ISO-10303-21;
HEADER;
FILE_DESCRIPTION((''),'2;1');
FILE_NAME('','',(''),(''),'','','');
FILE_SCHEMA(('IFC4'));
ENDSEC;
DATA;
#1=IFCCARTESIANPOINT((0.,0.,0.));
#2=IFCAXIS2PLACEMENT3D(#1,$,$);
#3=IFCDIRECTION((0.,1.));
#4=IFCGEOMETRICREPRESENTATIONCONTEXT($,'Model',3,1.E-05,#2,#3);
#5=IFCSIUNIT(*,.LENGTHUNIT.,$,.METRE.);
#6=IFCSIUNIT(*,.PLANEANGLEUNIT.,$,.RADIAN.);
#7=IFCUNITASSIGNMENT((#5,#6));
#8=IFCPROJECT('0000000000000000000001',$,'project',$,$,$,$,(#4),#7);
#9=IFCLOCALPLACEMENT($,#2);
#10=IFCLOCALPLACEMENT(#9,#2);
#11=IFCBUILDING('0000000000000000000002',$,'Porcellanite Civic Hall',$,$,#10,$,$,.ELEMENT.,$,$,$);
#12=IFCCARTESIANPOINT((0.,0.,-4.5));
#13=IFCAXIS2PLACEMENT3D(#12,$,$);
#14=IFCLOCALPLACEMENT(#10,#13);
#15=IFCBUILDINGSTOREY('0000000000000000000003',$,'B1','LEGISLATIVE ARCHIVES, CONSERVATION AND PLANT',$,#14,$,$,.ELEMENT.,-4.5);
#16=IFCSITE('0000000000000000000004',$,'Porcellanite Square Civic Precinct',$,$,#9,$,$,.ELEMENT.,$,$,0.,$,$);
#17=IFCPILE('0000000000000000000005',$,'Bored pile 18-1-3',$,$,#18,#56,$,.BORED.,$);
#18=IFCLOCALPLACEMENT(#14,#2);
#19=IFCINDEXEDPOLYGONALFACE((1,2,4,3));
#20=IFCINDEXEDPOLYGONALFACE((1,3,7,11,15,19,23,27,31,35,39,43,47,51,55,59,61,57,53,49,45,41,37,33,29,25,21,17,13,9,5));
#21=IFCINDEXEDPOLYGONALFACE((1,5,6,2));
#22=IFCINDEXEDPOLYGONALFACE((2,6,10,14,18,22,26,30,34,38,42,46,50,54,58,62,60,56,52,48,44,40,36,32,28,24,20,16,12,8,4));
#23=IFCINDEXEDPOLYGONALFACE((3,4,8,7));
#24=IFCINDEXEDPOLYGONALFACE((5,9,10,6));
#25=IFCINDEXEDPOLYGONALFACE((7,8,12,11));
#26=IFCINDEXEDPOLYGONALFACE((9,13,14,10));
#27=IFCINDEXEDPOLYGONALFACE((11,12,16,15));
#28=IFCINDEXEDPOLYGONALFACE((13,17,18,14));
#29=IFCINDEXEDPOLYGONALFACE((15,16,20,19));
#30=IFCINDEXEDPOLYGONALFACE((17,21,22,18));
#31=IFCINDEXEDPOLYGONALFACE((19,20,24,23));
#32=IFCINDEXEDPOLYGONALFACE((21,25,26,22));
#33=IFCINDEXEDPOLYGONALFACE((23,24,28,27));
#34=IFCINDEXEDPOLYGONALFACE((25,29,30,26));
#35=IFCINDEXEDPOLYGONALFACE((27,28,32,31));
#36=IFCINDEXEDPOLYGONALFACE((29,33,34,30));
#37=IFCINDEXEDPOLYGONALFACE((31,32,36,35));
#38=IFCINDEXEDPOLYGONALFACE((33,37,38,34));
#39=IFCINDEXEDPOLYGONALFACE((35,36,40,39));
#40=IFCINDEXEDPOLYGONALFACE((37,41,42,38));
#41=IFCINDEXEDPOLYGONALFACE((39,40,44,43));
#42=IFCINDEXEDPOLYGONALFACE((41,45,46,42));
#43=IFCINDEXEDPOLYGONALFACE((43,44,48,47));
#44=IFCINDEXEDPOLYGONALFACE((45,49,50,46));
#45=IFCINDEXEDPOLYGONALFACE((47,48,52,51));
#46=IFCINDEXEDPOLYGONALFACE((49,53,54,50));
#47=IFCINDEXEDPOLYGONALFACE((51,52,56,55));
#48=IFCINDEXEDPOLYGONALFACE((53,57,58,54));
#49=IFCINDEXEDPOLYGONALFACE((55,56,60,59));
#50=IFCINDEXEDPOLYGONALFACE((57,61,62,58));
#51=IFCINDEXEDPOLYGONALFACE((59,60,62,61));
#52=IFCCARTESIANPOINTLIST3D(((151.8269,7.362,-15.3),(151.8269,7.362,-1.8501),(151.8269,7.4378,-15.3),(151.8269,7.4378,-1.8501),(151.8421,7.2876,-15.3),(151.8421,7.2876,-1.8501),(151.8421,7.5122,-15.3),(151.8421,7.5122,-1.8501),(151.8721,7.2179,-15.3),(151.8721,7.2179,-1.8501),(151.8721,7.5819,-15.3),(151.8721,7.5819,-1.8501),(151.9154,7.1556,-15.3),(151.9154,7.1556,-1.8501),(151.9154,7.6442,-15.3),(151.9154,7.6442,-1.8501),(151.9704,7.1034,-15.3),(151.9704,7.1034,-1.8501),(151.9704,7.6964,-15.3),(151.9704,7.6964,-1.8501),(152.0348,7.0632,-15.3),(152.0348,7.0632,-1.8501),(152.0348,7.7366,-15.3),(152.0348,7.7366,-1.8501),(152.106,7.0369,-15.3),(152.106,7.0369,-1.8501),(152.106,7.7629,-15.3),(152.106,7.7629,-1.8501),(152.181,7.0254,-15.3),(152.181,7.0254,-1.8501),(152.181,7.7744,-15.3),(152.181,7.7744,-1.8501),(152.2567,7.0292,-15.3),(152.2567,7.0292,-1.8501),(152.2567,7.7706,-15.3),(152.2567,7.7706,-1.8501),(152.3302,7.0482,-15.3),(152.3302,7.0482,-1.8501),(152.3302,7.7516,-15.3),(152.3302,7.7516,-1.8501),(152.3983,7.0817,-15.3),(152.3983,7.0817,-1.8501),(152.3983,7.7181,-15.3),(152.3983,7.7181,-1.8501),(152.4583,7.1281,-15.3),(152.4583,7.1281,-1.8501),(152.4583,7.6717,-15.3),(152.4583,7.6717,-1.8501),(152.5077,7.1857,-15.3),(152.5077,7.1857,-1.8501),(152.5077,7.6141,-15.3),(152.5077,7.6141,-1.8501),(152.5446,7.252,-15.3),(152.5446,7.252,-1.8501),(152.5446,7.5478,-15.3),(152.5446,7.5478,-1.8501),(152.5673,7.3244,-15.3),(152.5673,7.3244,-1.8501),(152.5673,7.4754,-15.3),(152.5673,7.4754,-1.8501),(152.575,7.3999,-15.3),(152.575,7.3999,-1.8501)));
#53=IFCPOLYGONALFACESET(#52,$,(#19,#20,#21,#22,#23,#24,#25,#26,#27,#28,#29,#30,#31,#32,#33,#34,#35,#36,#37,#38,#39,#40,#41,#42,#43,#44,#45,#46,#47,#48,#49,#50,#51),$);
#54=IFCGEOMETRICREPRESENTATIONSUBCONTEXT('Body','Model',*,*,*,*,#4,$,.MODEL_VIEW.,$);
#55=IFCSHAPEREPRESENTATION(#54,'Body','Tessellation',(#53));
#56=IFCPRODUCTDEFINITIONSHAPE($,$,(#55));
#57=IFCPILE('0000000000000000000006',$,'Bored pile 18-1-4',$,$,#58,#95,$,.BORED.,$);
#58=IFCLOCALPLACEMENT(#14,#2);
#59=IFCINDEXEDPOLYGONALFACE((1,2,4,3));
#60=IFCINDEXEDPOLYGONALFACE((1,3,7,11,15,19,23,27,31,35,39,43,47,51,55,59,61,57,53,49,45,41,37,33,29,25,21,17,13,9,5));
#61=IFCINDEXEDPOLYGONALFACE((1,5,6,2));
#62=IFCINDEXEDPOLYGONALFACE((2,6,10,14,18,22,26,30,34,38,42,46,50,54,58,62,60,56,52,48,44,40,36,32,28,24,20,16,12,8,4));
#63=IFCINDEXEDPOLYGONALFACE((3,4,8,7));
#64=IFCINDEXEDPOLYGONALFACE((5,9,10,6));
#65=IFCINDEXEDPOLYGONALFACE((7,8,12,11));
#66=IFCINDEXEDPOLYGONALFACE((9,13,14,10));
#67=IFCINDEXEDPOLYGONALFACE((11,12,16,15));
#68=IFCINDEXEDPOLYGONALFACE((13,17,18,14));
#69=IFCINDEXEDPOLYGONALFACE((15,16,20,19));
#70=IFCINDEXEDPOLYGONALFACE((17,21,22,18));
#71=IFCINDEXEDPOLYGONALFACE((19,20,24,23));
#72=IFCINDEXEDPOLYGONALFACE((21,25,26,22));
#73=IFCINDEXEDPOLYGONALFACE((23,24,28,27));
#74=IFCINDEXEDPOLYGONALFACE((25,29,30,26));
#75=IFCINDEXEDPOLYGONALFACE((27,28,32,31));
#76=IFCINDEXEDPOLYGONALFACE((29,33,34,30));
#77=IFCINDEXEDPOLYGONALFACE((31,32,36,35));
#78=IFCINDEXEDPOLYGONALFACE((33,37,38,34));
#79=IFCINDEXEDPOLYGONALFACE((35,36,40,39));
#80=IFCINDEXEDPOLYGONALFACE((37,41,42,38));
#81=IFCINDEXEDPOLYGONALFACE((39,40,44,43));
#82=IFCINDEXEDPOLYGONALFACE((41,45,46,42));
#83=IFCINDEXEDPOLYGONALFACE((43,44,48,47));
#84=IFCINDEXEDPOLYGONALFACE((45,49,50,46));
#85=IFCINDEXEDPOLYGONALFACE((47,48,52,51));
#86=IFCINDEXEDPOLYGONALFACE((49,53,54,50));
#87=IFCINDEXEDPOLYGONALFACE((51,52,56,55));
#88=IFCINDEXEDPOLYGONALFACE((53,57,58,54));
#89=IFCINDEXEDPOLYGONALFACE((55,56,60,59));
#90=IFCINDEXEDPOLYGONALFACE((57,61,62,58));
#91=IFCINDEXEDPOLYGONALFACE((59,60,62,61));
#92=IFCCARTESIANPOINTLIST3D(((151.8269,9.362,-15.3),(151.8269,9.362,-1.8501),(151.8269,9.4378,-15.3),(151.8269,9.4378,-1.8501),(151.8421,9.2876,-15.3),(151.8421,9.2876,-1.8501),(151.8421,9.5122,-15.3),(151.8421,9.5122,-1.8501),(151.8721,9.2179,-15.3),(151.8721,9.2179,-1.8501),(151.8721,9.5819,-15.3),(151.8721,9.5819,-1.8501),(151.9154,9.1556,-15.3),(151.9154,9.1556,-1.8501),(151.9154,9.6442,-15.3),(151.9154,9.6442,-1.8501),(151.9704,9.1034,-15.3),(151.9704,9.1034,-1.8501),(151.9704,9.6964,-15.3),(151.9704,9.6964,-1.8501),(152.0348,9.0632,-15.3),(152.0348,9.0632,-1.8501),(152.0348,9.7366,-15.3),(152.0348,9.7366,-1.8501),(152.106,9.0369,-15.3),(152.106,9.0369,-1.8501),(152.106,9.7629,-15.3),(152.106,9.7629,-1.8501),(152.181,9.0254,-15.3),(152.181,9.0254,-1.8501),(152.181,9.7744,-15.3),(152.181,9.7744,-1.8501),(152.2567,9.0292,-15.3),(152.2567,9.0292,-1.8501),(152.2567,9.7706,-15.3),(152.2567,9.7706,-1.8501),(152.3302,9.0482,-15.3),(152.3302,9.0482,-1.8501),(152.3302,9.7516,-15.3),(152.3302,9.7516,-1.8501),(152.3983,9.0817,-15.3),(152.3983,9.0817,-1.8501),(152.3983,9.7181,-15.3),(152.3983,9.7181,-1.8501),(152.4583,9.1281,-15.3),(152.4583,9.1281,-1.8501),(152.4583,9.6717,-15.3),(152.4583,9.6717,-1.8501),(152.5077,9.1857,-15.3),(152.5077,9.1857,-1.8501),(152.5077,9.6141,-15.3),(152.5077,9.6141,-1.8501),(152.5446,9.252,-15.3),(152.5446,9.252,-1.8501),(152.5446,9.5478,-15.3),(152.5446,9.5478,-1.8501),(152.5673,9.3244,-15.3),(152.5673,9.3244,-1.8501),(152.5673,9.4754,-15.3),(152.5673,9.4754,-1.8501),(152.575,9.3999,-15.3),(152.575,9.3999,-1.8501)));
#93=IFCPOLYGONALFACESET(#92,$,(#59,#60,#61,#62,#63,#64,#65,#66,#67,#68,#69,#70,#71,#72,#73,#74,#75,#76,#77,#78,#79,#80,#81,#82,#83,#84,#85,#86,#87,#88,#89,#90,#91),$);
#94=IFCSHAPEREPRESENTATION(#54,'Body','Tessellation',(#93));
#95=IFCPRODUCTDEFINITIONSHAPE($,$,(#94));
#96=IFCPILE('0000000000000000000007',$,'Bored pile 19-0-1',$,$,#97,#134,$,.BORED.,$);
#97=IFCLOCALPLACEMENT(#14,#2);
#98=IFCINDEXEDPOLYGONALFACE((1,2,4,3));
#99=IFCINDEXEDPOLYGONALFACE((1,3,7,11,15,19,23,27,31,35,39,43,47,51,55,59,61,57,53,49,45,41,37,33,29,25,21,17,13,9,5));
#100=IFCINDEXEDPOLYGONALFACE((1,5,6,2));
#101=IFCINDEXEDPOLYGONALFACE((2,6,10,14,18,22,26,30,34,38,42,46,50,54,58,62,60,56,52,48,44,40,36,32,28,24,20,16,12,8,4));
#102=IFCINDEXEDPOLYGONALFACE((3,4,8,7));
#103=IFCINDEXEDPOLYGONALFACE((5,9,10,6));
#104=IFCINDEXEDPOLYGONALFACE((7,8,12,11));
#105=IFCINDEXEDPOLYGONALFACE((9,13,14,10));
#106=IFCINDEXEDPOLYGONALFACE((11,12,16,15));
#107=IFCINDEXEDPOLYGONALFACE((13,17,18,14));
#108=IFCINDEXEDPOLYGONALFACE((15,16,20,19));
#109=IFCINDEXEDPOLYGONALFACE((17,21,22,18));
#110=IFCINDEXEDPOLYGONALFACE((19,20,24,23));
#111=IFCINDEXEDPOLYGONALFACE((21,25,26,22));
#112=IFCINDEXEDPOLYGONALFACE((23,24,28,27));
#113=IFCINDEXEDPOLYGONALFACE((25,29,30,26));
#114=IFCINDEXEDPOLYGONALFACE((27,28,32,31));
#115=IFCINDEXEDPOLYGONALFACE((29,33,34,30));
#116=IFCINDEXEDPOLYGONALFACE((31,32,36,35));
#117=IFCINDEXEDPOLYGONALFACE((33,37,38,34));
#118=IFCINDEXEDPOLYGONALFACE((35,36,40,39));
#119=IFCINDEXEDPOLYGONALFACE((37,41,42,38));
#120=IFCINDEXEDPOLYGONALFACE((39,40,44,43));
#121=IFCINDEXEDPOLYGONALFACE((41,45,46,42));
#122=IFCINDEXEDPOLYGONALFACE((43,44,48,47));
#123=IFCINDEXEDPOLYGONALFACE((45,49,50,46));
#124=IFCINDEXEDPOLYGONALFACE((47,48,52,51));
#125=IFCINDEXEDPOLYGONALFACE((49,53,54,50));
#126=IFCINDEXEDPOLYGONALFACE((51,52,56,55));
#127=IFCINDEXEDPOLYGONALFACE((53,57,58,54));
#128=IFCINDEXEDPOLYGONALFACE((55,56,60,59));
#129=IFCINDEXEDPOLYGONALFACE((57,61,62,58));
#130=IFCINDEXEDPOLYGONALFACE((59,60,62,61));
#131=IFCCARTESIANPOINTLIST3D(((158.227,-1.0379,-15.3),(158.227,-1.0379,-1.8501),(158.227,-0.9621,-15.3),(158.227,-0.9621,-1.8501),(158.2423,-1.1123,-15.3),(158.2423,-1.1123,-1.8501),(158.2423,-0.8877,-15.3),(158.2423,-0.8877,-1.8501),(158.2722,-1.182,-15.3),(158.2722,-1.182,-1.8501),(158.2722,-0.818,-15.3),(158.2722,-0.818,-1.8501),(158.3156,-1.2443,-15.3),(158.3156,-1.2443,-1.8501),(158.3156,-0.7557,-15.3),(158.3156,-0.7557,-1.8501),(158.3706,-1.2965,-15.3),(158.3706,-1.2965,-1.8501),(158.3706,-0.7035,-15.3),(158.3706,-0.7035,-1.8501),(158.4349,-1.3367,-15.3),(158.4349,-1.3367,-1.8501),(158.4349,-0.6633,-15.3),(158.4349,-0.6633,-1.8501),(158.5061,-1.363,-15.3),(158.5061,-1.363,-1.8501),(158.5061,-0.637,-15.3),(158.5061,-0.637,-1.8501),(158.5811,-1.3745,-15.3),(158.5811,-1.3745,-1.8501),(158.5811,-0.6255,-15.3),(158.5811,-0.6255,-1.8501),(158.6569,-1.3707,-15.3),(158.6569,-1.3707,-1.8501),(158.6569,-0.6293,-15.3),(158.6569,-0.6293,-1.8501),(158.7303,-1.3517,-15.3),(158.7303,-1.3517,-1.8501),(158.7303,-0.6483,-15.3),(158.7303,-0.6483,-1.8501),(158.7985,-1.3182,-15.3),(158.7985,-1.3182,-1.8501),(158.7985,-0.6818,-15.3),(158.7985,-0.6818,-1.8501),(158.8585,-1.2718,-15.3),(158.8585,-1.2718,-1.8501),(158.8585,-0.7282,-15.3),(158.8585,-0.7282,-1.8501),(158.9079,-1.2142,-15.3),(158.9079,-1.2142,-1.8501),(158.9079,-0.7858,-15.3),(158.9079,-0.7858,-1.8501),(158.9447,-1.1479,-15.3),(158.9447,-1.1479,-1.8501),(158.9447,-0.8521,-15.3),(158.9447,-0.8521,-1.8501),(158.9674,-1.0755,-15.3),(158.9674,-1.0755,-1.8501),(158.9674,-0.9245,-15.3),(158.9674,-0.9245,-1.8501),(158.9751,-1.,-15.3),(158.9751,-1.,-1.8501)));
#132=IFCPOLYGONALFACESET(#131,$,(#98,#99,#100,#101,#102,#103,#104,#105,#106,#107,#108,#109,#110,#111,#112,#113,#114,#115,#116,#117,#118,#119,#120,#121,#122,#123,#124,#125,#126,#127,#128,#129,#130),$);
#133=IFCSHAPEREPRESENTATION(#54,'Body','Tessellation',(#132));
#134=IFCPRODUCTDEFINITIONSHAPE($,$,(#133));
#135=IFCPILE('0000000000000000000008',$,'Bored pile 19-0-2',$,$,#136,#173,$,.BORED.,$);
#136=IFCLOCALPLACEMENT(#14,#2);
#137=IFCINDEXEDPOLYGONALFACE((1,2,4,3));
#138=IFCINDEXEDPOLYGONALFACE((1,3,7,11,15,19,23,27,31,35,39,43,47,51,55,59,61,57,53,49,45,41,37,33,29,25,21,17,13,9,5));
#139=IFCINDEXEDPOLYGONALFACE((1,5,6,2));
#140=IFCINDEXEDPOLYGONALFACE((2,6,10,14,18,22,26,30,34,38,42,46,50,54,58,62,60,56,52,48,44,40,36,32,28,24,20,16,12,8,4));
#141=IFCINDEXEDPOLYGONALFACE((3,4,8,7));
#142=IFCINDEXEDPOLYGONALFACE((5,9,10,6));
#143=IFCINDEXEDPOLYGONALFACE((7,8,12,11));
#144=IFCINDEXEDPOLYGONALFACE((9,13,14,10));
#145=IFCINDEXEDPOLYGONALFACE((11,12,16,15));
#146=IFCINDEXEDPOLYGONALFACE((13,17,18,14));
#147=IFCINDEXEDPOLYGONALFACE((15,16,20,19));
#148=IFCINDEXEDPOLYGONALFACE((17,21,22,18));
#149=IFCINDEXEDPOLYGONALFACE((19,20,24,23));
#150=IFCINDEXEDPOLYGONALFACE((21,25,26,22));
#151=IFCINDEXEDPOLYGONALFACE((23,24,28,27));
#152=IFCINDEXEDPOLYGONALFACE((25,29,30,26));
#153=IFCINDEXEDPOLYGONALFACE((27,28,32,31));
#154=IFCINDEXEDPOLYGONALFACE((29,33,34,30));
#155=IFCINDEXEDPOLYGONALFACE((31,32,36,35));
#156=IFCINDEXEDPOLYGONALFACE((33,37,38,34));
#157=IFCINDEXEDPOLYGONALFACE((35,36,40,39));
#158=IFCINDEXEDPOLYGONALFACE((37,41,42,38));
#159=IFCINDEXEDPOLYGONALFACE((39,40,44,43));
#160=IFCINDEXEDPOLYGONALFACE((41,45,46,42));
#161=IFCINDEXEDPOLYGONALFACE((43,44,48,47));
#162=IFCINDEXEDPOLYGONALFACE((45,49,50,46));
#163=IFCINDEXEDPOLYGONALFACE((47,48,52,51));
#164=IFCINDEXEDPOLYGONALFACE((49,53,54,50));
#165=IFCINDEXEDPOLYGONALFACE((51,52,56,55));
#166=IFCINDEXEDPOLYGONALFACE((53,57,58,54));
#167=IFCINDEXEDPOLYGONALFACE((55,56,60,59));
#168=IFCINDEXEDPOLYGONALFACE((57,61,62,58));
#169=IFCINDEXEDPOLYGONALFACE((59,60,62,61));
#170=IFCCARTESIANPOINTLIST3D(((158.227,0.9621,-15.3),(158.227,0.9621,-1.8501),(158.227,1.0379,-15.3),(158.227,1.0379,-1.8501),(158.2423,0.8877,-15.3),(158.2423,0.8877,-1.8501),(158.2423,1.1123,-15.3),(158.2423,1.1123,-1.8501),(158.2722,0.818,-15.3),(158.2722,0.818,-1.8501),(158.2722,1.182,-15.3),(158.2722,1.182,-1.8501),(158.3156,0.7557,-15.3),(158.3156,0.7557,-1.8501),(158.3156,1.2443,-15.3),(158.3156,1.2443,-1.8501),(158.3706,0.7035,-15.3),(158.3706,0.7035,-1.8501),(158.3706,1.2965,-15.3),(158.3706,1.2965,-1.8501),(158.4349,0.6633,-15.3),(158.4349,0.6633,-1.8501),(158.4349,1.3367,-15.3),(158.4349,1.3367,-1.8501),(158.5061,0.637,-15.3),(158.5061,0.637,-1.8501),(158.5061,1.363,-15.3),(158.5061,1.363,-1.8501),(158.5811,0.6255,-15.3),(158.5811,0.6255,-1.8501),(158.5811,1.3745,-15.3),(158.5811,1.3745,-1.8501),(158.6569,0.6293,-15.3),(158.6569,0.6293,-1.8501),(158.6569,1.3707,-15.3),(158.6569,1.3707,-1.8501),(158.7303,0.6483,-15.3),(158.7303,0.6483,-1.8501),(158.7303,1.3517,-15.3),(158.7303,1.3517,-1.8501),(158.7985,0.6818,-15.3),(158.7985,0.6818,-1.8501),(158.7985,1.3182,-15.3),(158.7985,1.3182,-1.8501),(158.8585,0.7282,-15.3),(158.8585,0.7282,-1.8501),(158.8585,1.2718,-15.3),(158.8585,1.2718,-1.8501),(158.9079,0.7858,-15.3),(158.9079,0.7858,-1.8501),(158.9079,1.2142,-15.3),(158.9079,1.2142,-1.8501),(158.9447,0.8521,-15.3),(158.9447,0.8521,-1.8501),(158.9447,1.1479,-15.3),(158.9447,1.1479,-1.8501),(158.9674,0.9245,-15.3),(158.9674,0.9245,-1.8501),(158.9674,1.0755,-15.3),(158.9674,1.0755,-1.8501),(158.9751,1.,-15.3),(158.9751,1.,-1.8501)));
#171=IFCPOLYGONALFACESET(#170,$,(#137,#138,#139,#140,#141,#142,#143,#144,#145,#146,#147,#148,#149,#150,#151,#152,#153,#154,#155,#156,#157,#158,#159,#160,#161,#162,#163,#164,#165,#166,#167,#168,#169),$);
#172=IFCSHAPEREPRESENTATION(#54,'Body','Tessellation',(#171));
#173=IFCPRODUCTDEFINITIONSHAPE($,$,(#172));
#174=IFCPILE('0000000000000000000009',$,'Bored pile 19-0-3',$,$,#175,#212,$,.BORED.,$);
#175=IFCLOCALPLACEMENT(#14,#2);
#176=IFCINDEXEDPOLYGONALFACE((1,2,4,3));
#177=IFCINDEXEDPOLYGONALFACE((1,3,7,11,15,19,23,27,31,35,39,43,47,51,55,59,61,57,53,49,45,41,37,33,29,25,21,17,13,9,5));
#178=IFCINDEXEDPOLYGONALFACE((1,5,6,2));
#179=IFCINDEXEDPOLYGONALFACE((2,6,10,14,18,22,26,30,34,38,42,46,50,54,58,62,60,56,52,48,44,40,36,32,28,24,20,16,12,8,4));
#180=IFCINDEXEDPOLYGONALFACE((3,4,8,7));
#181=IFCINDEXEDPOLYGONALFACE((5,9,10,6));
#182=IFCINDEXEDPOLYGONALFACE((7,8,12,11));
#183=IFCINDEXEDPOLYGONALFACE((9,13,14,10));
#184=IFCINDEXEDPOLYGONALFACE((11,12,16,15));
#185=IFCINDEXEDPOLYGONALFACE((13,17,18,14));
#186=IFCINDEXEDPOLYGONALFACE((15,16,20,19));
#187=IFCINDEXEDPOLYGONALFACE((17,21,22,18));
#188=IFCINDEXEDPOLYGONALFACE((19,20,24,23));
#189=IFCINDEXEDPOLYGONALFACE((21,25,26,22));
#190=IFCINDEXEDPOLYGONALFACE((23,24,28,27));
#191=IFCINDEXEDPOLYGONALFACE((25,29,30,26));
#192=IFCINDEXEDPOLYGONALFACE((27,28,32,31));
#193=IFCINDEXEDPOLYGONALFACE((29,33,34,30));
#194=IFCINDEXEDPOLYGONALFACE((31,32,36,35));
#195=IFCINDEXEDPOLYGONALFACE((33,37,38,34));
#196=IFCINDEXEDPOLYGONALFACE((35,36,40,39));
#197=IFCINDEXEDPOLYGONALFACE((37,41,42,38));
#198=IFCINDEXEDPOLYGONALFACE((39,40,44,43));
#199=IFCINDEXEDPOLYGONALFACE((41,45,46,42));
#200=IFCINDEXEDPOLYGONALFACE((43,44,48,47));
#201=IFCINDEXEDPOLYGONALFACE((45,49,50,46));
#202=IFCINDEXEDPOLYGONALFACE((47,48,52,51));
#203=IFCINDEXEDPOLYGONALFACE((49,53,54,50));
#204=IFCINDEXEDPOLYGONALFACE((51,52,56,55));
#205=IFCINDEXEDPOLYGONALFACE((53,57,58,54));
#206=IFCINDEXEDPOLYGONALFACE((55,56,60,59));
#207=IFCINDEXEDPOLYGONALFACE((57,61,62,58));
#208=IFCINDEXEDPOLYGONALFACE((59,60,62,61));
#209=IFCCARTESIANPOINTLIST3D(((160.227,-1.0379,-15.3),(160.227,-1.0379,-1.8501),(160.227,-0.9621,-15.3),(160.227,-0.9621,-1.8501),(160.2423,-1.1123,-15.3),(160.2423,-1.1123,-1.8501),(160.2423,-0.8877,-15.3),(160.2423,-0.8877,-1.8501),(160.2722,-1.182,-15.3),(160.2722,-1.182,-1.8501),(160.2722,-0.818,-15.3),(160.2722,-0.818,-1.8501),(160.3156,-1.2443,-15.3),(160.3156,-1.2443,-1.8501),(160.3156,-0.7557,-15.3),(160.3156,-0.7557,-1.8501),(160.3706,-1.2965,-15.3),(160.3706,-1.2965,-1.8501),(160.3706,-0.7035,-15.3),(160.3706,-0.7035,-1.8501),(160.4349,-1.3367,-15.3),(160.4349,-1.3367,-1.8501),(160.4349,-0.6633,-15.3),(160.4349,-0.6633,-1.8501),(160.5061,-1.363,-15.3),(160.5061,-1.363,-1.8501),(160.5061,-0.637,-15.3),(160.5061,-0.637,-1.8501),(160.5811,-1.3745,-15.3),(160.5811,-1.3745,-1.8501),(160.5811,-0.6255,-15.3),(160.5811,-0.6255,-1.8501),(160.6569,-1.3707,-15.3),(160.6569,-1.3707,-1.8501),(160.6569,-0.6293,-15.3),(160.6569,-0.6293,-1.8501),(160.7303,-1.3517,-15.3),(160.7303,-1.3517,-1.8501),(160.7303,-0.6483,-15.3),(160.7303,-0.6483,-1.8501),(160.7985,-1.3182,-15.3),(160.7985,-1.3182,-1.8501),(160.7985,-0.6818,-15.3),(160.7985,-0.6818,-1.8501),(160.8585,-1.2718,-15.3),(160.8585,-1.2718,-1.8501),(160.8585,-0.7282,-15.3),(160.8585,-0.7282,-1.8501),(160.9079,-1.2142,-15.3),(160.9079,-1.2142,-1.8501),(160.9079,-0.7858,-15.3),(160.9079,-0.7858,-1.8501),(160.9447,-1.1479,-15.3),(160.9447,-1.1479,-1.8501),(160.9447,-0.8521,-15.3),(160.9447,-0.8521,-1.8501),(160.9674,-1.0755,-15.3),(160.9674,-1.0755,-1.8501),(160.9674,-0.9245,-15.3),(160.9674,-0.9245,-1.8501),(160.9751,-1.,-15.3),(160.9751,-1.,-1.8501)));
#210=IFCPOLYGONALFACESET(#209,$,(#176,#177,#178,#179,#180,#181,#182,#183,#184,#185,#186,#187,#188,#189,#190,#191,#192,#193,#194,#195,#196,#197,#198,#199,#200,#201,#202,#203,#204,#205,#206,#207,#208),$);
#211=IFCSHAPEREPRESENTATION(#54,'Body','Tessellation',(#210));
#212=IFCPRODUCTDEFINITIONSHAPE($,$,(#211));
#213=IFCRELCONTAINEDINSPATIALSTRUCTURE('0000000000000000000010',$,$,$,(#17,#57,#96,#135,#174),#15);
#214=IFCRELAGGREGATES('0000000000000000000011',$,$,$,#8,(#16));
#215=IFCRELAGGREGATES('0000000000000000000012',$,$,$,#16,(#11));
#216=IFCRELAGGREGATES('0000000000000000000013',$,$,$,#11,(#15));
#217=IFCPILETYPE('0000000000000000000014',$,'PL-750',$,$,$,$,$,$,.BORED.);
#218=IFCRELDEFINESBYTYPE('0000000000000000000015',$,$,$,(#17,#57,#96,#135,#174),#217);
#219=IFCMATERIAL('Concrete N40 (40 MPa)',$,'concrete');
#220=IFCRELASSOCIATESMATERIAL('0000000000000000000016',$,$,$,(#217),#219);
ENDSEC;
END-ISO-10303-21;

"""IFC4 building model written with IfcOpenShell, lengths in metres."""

from ifc_helpers import new_model, si_unit, direction, frame, origin, origin_2d, place, context, subcontext, project, spatial, circle, extrude, material, material_profile, profile_set, type_object, element, save


model = new_model("IFC4")

# Units and contexts
model_context = context("Model", 3, precision=1e-05, world=origin(), true_north=direction((0.0, 1.0)))
body_context = subcontext(model_context, "Body", "Model", "MODEL_VIEW")
ifc_project = project(units=[si_unit("LENGTHUNIT", "METRE"), si_unit("PLANEANGLEUNIT", "RADIAN")], contexts=[model_context])

# Site, building, storey
site_placement = place(None, origin())
site = spatial("IfcSite", under=ifc_project, at=site_placement, Name="Porcellanite Square Civic Precinct", CompositionType="ELEMENT", RefElevation=0.0)
building_placement = place(site_placement, origin())
building = spatial("IfcBuilding", under=site, at=building_placement, Name="Porcellanite Civic Hall", CompositionType="ELEMENT")
storey_placement = place(building_placement, frame((0.0, 0.0, -4.5)))
storey = spatial("IfcBuildingStorey", under=building, at=storey_placement, Name="B1", Description="LEGISLATIVE ARCHIVES, CONSERVATION AND PLANT", CompositionType="ELEMENT", Elevation=-4.5)

# Piles
ifc_material_1 = material(Name="Concrete N40 (40 MPa)", Category="concrete")
ifc_material_profile_1 = material_profile(ifc_material_1, circle(Radius=0.375, at=origin_2d()), Name="PILE-D750")
ifc_profile_set_1 = profile_set([ifc_material_profile_1], Name="Concrete N40 (40 MPa)")
pile_type_1 = type_object("IfcPileType", Name="PL-750", PredefinedType="BORED", material=ifc_profile_set_1)
for number, where, z_axis, x_axis, name in (
    (1, (152.2, 7.3999, -1.8501), (0.0, 0.0, -1.0), (1.0, 0.0, 0.0), "Bored pile 18-1-3"),
    (2, (152.2, 9.3999, -1.8501), (0.0, 0.0, -1.0), (1.0, 0.0, 0.0), "Bored pile 18-1-4"),
    (3, (158.6001, -1.0, -1.8501), (0.0, 0.0, -1.0), (1.0, 0.0, 0.0), "Bored pile 19-0-1"),
    (4, (158.6001, 1.0, -1.8501), (0.0, 0.0, -1.0), (1.0, 0.0, 0.0), "Bored pile 19-0-2"),
    (5, (160.6001, -1.0, -1.8501), (0.0, 0.0, -1.0), (1.0, 0.0, 0.0), "Bored pile 19-0-3"),
):
    element("IfcPile", number, at=place(storey_placement, frame(where, z_axis=z_axis, x_axis=x_axis)), inside=storey, type_object=pile_type_1, Name=name, PredefinedType="BORED", context=body_context, shape_type="SweptSolid", body=[
        extrude(circle(Radius=0.375, at=origin_2d()), origin(), (0.0, 0.0, 1.0), 13.45),
    ])

save(model, "model.ifc")
